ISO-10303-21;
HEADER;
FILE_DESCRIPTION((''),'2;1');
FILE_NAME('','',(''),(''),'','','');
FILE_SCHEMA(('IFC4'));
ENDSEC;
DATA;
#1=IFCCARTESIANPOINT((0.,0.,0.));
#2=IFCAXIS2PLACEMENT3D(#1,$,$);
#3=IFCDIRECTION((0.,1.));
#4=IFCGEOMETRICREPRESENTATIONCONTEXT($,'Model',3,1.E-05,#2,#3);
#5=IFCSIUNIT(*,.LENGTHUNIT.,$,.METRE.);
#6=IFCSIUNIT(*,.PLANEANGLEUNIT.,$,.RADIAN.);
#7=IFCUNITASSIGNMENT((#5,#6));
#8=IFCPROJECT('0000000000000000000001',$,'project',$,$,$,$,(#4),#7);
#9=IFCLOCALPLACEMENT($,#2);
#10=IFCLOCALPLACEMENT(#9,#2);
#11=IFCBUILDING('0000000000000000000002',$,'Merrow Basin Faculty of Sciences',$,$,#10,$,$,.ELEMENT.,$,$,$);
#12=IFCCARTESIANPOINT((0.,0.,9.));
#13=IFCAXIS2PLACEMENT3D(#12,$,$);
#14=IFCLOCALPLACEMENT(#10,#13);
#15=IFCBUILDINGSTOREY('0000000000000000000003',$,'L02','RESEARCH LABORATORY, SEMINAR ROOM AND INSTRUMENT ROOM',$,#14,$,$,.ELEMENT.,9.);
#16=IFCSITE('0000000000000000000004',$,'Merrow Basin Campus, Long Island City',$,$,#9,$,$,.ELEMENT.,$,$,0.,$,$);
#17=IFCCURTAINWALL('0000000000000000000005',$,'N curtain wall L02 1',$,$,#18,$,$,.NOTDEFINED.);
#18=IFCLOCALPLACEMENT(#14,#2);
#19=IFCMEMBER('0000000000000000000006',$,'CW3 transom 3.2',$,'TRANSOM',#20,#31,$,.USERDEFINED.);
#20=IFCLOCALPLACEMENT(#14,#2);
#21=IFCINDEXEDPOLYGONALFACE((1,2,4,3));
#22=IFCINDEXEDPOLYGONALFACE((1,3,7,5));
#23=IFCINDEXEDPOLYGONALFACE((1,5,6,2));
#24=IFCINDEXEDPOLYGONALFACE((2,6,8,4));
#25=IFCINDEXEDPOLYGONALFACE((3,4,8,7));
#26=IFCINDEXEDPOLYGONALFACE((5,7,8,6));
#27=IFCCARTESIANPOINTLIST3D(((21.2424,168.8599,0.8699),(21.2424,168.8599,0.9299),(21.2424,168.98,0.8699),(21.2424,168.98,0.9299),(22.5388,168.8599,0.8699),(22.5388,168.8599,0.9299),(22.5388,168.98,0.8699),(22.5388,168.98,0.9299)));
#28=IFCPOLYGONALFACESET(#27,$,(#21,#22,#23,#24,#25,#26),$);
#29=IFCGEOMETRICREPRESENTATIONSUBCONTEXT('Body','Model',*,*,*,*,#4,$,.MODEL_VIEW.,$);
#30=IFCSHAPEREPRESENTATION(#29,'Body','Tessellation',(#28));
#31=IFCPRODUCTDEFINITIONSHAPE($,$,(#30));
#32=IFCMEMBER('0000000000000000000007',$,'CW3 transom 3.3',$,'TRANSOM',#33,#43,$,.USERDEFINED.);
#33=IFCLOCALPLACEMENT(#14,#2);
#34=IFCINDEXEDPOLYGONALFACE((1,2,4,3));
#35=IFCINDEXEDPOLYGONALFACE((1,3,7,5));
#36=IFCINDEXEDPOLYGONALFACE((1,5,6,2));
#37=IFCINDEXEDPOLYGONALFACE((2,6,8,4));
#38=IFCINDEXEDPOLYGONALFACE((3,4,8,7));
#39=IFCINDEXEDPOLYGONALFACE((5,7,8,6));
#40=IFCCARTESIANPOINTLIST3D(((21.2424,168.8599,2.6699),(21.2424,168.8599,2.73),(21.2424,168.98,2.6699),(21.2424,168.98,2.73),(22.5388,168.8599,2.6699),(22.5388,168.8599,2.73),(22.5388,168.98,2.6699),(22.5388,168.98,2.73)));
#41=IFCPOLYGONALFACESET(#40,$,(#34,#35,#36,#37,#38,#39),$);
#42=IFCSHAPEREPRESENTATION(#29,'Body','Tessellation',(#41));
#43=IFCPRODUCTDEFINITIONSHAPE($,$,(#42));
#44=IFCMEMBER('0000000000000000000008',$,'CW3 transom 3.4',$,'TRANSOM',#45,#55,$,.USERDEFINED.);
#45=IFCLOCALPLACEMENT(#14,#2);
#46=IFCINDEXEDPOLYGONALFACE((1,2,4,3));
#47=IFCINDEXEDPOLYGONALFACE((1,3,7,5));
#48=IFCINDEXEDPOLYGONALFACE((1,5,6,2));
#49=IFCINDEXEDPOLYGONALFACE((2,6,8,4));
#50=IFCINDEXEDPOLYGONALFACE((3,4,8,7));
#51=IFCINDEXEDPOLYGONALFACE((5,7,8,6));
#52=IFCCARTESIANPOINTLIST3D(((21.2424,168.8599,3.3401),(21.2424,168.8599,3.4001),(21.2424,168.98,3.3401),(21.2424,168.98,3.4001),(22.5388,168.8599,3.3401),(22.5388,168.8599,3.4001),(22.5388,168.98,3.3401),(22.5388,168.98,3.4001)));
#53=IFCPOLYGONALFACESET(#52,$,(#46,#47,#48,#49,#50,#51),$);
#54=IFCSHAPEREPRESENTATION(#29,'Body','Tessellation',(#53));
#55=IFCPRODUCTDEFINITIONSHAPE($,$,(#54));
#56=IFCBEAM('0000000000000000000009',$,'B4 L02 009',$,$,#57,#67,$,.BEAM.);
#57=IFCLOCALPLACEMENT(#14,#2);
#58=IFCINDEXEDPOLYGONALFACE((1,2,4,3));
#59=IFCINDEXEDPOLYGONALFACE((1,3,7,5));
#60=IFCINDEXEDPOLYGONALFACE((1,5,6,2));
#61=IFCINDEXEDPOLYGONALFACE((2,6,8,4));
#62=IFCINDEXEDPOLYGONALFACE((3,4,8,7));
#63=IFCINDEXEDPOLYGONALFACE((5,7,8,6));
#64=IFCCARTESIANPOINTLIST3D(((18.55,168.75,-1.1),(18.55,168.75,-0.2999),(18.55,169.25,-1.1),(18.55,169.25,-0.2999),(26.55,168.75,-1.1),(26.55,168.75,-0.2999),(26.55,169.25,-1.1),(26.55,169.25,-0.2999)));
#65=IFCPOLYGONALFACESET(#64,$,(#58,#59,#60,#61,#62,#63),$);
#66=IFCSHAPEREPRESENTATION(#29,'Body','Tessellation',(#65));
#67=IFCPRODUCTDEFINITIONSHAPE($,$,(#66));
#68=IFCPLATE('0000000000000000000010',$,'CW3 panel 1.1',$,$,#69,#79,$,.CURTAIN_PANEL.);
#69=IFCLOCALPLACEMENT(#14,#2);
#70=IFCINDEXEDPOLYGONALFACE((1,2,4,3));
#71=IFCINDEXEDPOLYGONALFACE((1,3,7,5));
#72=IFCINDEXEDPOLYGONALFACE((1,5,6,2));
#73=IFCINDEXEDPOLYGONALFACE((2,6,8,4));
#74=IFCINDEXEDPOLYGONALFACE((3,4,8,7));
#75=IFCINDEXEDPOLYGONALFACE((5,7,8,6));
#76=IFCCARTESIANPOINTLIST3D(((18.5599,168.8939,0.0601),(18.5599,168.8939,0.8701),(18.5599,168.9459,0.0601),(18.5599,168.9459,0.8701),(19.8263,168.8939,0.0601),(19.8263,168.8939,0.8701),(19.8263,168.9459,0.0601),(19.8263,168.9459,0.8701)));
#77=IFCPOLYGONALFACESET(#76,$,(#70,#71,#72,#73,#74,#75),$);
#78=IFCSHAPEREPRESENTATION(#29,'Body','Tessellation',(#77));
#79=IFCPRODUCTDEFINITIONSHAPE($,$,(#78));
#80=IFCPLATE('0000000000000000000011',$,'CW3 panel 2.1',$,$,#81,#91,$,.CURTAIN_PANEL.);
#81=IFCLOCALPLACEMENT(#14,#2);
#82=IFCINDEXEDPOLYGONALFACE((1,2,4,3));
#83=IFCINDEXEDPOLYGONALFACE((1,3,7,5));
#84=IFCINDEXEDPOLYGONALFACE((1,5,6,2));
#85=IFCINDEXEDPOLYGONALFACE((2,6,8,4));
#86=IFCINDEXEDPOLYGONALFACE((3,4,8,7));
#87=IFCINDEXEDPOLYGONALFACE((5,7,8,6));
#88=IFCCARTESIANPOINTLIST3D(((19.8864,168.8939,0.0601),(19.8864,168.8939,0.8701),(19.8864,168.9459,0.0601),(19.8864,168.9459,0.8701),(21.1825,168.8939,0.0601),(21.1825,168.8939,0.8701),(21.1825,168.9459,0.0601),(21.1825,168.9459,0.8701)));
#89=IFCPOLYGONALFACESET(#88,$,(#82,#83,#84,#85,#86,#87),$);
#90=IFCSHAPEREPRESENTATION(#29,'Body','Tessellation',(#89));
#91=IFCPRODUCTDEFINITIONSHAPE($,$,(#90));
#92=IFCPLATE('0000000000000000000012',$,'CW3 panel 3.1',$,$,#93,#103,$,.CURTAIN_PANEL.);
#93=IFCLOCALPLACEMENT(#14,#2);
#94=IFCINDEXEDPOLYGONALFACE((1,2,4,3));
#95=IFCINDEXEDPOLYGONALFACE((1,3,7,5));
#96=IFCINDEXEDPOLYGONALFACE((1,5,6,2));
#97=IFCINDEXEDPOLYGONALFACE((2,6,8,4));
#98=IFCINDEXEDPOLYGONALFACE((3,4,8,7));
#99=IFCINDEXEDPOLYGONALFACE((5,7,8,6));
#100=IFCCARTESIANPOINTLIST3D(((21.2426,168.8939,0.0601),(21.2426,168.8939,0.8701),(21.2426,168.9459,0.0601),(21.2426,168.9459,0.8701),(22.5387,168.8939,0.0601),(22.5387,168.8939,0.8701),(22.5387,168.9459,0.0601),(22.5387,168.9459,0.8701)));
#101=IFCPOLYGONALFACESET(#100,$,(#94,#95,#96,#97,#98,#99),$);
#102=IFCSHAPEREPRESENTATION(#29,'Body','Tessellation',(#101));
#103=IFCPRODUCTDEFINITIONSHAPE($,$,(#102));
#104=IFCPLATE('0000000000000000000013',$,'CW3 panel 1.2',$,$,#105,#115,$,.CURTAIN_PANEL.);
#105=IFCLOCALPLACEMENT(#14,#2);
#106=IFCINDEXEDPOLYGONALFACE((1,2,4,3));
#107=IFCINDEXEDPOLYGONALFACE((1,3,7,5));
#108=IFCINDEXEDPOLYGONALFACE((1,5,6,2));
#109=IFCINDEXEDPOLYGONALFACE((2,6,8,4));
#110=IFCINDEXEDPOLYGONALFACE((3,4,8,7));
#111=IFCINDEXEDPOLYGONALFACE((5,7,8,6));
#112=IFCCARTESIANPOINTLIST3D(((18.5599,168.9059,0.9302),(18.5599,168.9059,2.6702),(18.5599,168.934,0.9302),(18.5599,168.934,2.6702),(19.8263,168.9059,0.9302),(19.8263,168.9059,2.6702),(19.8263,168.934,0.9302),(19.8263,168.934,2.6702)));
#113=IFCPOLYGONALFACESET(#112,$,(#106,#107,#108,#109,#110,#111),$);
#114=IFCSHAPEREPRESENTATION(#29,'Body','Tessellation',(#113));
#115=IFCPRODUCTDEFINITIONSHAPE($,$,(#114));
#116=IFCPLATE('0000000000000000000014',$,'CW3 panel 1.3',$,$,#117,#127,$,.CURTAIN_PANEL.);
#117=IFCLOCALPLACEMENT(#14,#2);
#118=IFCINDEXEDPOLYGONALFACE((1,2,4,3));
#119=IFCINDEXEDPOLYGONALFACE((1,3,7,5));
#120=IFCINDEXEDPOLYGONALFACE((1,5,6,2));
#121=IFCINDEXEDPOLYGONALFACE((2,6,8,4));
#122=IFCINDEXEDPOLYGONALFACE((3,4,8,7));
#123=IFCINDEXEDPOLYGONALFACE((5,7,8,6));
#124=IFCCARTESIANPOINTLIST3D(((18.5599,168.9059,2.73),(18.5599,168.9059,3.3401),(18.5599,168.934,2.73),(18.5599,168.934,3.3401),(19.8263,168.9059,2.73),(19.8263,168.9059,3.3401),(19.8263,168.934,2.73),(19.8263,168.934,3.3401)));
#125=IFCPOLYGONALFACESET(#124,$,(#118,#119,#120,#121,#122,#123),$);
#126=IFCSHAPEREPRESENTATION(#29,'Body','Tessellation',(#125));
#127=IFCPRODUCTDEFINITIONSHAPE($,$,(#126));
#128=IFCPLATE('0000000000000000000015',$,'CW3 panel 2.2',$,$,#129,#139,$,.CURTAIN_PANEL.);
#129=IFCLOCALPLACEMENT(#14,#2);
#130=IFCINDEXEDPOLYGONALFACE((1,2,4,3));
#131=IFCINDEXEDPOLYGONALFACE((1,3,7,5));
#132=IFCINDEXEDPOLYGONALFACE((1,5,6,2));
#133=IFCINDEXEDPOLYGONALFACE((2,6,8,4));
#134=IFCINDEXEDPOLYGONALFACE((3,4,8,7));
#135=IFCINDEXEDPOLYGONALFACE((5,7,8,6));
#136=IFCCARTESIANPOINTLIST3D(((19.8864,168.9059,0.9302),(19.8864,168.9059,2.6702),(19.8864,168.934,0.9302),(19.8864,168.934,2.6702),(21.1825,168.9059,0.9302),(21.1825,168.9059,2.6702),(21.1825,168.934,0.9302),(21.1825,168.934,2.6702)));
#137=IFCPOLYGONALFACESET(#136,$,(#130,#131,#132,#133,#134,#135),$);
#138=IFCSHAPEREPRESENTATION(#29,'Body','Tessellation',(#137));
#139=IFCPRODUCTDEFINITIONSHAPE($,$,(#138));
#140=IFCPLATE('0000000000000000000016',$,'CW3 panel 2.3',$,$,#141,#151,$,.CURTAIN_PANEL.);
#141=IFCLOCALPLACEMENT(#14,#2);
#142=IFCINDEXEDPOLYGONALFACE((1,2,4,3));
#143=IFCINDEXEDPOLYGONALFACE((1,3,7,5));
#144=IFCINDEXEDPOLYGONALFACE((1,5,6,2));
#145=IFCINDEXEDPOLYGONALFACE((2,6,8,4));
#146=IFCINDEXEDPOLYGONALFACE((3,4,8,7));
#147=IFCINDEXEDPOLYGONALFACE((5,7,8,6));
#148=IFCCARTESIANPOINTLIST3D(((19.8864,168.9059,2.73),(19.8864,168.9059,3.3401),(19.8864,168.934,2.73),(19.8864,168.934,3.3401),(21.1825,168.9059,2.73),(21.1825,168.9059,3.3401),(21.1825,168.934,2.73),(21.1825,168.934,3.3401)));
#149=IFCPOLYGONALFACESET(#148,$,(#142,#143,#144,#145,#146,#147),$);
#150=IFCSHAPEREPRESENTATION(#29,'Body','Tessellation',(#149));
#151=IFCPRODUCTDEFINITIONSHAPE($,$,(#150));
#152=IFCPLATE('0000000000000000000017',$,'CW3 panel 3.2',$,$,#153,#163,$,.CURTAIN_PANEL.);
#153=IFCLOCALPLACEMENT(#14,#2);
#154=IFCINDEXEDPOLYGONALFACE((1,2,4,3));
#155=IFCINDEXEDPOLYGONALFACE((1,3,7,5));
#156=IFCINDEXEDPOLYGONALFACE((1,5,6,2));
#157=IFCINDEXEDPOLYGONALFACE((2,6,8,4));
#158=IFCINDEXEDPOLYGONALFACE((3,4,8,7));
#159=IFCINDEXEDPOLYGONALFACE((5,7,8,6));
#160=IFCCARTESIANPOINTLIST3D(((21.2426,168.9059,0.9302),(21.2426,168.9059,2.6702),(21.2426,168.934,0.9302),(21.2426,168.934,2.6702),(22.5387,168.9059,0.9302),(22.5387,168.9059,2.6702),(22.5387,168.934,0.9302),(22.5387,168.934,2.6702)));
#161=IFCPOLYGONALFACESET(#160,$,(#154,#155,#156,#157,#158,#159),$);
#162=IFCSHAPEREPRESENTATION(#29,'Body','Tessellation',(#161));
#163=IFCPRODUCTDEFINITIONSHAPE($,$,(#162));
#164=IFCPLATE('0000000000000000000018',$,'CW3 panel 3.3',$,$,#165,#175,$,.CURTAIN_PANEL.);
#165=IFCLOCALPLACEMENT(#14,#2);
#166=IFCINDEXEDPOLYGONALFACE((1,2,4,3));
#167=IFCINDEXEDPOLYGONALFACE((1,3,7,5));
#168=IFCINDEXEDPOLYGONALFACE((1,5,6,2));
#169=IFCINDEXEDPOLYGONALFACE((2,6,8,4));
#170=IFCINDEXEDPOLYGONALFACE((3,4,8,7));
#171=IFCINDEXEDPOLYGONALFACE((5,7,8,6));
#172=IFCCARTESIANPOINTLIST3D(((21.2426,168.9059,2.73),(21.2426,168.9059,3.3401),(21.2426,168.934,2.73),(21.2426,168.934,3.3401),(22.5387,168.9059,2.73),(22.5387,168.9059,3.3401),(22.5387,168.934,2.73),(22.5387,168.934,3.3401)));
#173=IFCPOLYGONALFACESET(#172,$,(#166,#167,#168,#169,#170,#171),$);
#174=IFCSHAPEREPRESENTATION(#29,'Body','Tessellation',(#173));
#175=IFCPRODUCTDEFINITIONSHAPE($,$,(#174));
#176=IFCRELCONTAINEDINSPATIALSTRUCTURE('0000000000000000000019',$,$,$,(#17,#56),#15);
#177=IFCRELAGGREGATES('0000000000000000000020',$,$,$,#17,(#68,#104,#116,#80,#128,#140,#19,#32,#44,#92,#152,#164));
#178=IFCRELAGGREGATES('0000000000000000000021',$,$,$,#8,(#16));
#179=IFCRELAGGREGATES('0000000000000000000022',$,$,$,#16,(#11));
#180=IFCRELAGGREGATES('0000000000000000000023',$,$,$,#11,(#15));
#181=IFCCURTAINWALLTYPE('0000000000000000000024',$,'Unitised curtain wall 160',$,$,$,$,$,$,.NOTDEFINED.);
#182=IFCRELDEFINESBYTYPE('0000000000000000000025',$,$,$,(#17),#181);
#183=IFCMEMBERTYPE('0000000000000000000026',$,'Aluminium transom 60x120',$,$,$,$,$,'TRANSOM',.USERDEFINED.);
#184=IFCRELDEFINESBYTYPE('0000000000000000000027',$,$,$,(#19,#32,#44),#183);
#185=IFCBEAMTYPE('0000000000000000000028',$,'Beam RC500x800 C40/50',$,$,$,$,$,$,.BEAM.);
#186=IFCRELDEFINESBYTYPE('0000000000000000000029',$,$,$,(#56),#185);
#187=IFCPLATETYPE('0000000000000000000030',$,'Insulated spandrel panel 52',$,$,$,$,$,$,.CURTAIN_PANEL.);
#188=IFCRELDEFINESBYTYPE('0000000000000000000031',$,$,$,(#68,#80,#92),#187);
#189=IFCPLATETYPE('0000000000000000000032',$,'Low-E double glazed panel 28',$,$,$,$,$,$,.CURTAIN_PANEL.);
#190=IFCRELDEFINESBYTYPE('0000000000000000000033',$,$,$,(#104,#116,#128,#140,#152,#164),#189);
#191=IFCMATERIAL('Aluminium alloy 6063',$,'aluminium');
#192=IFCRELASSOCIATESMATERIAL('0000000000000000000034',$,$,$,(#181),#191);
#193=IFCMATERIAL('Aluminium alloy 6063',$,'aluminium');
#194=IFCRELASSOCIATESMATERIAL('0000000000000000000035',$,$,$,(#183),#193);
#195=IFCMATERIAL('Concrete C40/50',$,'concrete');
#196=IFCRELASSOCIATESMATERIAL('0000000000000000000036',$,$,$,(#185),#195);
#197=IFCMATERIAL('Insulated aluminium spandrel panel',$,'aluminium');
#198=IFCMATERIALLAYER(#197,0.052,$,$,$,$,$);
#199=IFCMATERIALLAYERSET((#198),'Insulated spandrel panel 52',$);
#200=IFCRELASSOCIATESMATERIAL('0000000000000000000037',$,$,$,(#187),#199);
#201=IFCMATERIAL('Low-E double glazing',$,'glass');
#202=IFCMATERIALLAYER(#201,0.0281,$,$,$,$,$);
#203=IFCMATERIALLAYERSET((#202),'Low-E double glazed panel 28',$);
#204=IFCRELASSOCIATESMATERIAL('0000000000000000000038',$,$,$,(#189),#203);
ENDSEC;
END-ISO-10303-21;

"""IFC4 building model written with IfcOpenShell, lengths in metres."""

from ifc_helpers import new_model, si_unit, direction, frame, origin, origin_2d, place, context, subcontext, project, spatial, rectangle, extrude, material, layer, layer_set, material_profile, profile_set, type_object, element, aggregate, save


model = new_model("IFC4")

# Units and contexts
model_context = context("Model", 3, precision=1e-05, world=origin(), true_north=direction((0.0, 1.0)))
body_context = subcontext(model_context, "Body", "Model", "MODEL_VIEW")
ifc_project = project(units=[si_unit("LENGTHUNIT", "METRE"), si_unit("PLANEANGLEUNIT", "RADIAN")], contexts=[model_context])

# Site, building, storey
site_placement = place(None, origin())
site = spatial("IfcSite", under=ifc_project, at=site_placement, Name="Merrow Basin Campus, Long Island City", CompositionType="ELEMENT", RefElevation=0.0)
building_placement = place(site_placement, origin())
building = spatial("IfcBuilding", under=site, at=building_placement, Name="Merrow Basin Faculty of Sciences", CompositionType="ELEMENT")
storey_placement = place(building_placement, frame((0.0, 0.0, 9.0)))
storey = spatial("IfcBuildingStorey", under=building, at=storey_placement, Name="L02", Description="RESEARCH LABORATORY, SEMINAR ROOM AND INSTRUMENT ROOM", CompositionType="ELEMENT", Elevation=9.0)

# Shared definitions
ifc_material_1 = material(Name="Aluminium alloy 6063", Category="aluminium")
curtain_wall_type = type_object("IfcCurtainWallType", Name="Unitised curtain wall 160", PredefinedType="NOTDEFINED", material=ifc_material_1)

# Curtain wall, members
curtain_wall_1_placement = place(storey_placement, origin())
curtain_wall_1 = element("IfcCurtainWall", 1, at=curtain_wall_1_placement, inside=storey, type_object=curtain_wall_type, Name="N curtain wall L02 1", PredefinedType="NOTDEFINED")
ifc_material_2 = material(Name="Aluminium alloy 6063", Category="aluminium")
ifc_material_profile_1 = material_profile(ifc_material_2, rectangle(XDim=0.1201, YDim=0.0601, at=origin_2d()))
ifc_profile_set_1 = profile_set([ifc_material_profile_1], Name="Aluminium alloy 6063")
member_type_1 = type_object("IfcMemberType", Name="Aluminium transom 60x120", ElementType="TRANSOM", PredefinedType="USERDEFINED", material=ifc_profile_set_1)
member_1_placement = place(storey_placement, frame((21.2424, 168.9199, 0.8999), z_axis=(1.0, 0.0, 0.0), x_axis=(0.0, 1.0, 0.0)))
member_1 = element("IfcMember", 2, at=member_1_placement, type_object=member_type_1, Name="CW3 transom 3.2", ObjectType="TRANSOM", PredefinedType="USERDEFINED", context=body_context, shape_type="SweptSolid", body=[
    extrude(rectangle(XDim=0.1201, YDim=0.0601, at=origin_2d()), origin(), (0.0, 0.0, 1.0), 1.2964),
])
member_2_placement = place(storey_placement, frame((21.2424, 168.9199, 2.7), z_axis=(1.0, 0.0, 0.0), x_axis=(0.0, 1.0, 0.0)))
member_2 = element("IfcMember", 3, at=member_2_placement, type_object=member_type_1, Name="CW3 transom 3.3", ObjectType="TRANSOM", PredefinedType="USERDEFINED", context=body_context, shape_type="SweptSolid", body=[
    extrude(rectangle(XDim=0.1201, YDim=0.0601, at=origin_2d()), origin(), (0.0, 0.0, 1.0), 1.2964),
])
member_3_placement = place(storey_placement, frame((21.2424, 168.9199, 3.3701), z_axis=(1.0, 0.0, 0.0), x_axis=(0.0, 1.0, 0.0)))
member_3 = element("IfcMember", 4, at=member_3_placement, type_object=member_type_1, Name="CW3 transom 3.4", ObjectType="TRANSOM", PredefinedType="USERDEFINED", context=body_context, shape_type="SweptSolid", body=[
    extrude(rectangle(XDim=0.1201, YDim=0.0601, at=origin_2d()), origin(), (0.0, 0.0, 1.0), 1.2964),
])

# Beam
ifc_material_3 = material(Name="Concrete C40/50", Category="concrete")
ifc_material_profile_2 = material_profile(ifc_material_3, rectangle(XDim=0.5, YDim=0.8, at=origin_2d()))
ifc_profile_set_2 = profile_set([ifc_material_profile_2], Name="Concrete C40/50")
beam_type = type_object("IfcBeamType", Name="Beam RC500x800 C40/50", PredefinedType="BEAM", material=ifc_profile_set_2)
beam_placement = place(storey_placement, frame((18.55, 169.0, -0.7), z_axis=(1.0, 0.0, 0.0), x_axis=(0.0, 1.0, 0.0)))
element("IfcBeam", 5, at=beam_placement, inside=storey, type_object=beam_type, Name="B4 L02 009", PredefinedType="BEAM", context=body_context, shape_type="SweptSolid", body=[
    extrude(rectangle(XDim=0.5, YDim=0.8, at=origin_2d()), origin(), (0.0, 0.0, 1.0), 8.0),
])

# Plates
ifc_material_4 = material(Name="Insulated aluminium spandrel panel", Category="aluminium")
ifc_layer_1 = layer(ifc_material_4, 0.052)
ifc_layer_set_1 = layer_set([ifc_layer_1], Name="Insulated spandrel panel 52")
plate_type_1 = type_object("IfcPlateType", Name="Insulated spandrel panel 52", PredefinedType="CURTAIN_PANEL", material=ifc_layer_set_1)
plate_1_placement = place(storey_placement, frame((19.1931, 168.9199, 0.0601), z_axis=(0.0, 0.0, 1.0), x_axis=(1.0, 0.0, 0.0)))
plate_1 = element("IfcPlate", 6, at=plate_1_placement, type_object=plate_type_1, Name="CW3 panel 1.1", PredefinedType="CURTAIN_PANEL", context=body_context, shape_type="SweptSolid", body=[
    extrude(rectangle(XDim=1.2664, YDim=0.052, at=origin_2d()), origin(), (0.0, 0.0, 1.0), 0.8101),
])
plate_2_placement = place(storey_placement, frame((20.5344, 168.9199, 0.0601), z_axis=(0.0, 0.0, 1.0), x_axis=(1.0, 0.0, 0.0)))
plate_2 = element("IfcPlate", 7, at=plate_2_placement, type_object=plate_type_1, Name="CW3 panel 2.1", PredefinedType="CURTAIN_PANEL", context=body_context, shape_type="SweptSolid", body=[
    extrude(rectangle(XDim=1.2961, YDim=0.052, at=origin_2d()), origin(), (0.0, 0.0, 1.0), 0.8101),
])
plate_3_placement = place(storey_placement, frame((21.8906, 168.9199, 0.0601), z_axis=(0.0, 0.0, 1.0), x_axis=(1.0, 0.0, 0.0)))
plate_3 = element("IfcPlate", 8, at=plate_3_placement, type_object=plate_type_1, Name="CW3 panel 3.1", PredefinedType="CURTAIN_PANEL", context=body_context, shape_type="SweptSolid", body=[
    extrude(rectangle(XDim=1.2961, YDim=0.052, at=origin_2d()), origin(), (0.0, 0.0, 1.0), 0.8101),
])
ifc_material_5 = material(Name="Low-E double glazing", Category="glass")
ifc_layer_2 = layer(ifc_material_5, 0.0281)
ifc_layer_set_2 = layer_set([ifc_layer_2], Name="Low-E double glazed panel 28")
plate_type_2 = type_object("IfcPlateType", Name="Low-E double glazed panel 28", PredefinedType="CURTAIN_PANEL", material=ifc_layer_set_2)
plate_4_placement = place(storey_placement, frame((19.1931, 168.9199, 0.9302), z_axis=(0.0, 0.0, 1.0), x_axis=(1.0, 0.0, 0.0)))
plate_4 = element("IfcPlate", 9, at=plate_4_placement, type_object=plate_type_2, Name="CW3 panel 1.2", PredefinedType="CURTAIN_PANEL", context=body_context, shape_type="SweptSolid", body=[
    extrude(rectangle(XDim=1.2664, YDim=0.0281, at=origin_2d()), origin(), (0.0, 0.0, 1.0), 1.74),
])
plate_5_placement = place(storey_placement, frame((19.1931, 168.9199, 2.73), z_axis=(0.0, 0.0, 1.0), x_axis=(1.0, 0.0, 0.0)))
plate_5 = element("IfcPlate", 10, at=plate_5_placement, type_object=plate_type_2, Name="CW3 panel 1.3", PredefinedType="CURTAIN_PANEL", context=body_context, shape_type="SweptSolid", body=[
    extrude(rectangle(XDim=1.2664, YDim=0.0281, at=origin_2d()), origin(), (0.0, 0.0, 1.0), 0.6101),
])
plate_6_placement = place(storey_placement, frame((20.5344, 168.9199, 0.9302), z_axis=(0.0, 0.0, 1.0), x_axis=(1.0, 0.0, 0.0)))
plate_6 = element("IfcPlate", 11, at=plate_6_placement, type_object=plate_type_2, Name="CW3 panel 2.2", PredefinedType="CURTAIN_PANEL", context=body_context, shape_type="SweptSolid", body=[
    extrude(rectangle(XDim=1.2961, YDim=0.0281, at=origin_2d()), origin(), (0.0, 0.0, 1.0), 1.74),
])
plate_7_placement = place(storey_placement, frame((20.5344, 168.9199, 2.73), z_axis=(0.0, 0.0, 1.0), x_axis=(1.0, 0.0, 0.0)))
plate_7 = element("IfcPlate", 12, at=plate_7_placement, type_object=plate_type_2, Name="CW3 panel 2.3", PredefinedType="CURTAIN_PANEL", context=body_context, shape_type="SweptSolid", body=[
    extrude(rectangle(XDim=1.2961, YDim=0.0281, at=origin_2d()), origin(), (0.0, 0.0, 1.0), 0.6101),
])
plate_8_placement = place(storey_placement, frame((21.8906, 168.9199, 0.9302), z_axis=(0.0, 0.0, 1.0), x_axis=(1.0, 0.0, 0.0)))
plate_8 = element("IfcPlate", 13, at=plate_8_placement, type_object=plate_type_2, Name="CW3 panel 3.2", PredefinedType="CURTAIN_PANEL", context=body_context, shape_type="SweptSolid", body=[
    extrude(rectangle(XDim=1.2961, YDim=0.0281, at=origin_2d()), origin(), (0.0, 0.0, 1.0), 1.74),
])
plate_9_placement = place(storey_placement, frame((21.8906, 168.9199, 2.73), z_axis=(0.0, 0.0, 1.0), x_axis=(1.0, 0.0, 0.0)))
plate_9 = element("IfcPlate", 14, at=plate_9_placement, type_object=plate_type_2, Name="CW3 panel 3.3", PredefinedType="CURTAIN_PANEL", context=body_context, shape_type="SweptSolid", body=[
    extrude(rectangle(XDim=1.2961, YDim=0.0281, at=origin_2d()), origin(), (0.0, 0.0, 1.0), 0.6101),
])
aggregate(curtain_wall_1, [plate_1, plate_4, plate_5, plate_2, plate_6, plate_7, member_1, member_2, member_3, plate_3, plate_8, plate_9])

save(model, "model.ifc")
